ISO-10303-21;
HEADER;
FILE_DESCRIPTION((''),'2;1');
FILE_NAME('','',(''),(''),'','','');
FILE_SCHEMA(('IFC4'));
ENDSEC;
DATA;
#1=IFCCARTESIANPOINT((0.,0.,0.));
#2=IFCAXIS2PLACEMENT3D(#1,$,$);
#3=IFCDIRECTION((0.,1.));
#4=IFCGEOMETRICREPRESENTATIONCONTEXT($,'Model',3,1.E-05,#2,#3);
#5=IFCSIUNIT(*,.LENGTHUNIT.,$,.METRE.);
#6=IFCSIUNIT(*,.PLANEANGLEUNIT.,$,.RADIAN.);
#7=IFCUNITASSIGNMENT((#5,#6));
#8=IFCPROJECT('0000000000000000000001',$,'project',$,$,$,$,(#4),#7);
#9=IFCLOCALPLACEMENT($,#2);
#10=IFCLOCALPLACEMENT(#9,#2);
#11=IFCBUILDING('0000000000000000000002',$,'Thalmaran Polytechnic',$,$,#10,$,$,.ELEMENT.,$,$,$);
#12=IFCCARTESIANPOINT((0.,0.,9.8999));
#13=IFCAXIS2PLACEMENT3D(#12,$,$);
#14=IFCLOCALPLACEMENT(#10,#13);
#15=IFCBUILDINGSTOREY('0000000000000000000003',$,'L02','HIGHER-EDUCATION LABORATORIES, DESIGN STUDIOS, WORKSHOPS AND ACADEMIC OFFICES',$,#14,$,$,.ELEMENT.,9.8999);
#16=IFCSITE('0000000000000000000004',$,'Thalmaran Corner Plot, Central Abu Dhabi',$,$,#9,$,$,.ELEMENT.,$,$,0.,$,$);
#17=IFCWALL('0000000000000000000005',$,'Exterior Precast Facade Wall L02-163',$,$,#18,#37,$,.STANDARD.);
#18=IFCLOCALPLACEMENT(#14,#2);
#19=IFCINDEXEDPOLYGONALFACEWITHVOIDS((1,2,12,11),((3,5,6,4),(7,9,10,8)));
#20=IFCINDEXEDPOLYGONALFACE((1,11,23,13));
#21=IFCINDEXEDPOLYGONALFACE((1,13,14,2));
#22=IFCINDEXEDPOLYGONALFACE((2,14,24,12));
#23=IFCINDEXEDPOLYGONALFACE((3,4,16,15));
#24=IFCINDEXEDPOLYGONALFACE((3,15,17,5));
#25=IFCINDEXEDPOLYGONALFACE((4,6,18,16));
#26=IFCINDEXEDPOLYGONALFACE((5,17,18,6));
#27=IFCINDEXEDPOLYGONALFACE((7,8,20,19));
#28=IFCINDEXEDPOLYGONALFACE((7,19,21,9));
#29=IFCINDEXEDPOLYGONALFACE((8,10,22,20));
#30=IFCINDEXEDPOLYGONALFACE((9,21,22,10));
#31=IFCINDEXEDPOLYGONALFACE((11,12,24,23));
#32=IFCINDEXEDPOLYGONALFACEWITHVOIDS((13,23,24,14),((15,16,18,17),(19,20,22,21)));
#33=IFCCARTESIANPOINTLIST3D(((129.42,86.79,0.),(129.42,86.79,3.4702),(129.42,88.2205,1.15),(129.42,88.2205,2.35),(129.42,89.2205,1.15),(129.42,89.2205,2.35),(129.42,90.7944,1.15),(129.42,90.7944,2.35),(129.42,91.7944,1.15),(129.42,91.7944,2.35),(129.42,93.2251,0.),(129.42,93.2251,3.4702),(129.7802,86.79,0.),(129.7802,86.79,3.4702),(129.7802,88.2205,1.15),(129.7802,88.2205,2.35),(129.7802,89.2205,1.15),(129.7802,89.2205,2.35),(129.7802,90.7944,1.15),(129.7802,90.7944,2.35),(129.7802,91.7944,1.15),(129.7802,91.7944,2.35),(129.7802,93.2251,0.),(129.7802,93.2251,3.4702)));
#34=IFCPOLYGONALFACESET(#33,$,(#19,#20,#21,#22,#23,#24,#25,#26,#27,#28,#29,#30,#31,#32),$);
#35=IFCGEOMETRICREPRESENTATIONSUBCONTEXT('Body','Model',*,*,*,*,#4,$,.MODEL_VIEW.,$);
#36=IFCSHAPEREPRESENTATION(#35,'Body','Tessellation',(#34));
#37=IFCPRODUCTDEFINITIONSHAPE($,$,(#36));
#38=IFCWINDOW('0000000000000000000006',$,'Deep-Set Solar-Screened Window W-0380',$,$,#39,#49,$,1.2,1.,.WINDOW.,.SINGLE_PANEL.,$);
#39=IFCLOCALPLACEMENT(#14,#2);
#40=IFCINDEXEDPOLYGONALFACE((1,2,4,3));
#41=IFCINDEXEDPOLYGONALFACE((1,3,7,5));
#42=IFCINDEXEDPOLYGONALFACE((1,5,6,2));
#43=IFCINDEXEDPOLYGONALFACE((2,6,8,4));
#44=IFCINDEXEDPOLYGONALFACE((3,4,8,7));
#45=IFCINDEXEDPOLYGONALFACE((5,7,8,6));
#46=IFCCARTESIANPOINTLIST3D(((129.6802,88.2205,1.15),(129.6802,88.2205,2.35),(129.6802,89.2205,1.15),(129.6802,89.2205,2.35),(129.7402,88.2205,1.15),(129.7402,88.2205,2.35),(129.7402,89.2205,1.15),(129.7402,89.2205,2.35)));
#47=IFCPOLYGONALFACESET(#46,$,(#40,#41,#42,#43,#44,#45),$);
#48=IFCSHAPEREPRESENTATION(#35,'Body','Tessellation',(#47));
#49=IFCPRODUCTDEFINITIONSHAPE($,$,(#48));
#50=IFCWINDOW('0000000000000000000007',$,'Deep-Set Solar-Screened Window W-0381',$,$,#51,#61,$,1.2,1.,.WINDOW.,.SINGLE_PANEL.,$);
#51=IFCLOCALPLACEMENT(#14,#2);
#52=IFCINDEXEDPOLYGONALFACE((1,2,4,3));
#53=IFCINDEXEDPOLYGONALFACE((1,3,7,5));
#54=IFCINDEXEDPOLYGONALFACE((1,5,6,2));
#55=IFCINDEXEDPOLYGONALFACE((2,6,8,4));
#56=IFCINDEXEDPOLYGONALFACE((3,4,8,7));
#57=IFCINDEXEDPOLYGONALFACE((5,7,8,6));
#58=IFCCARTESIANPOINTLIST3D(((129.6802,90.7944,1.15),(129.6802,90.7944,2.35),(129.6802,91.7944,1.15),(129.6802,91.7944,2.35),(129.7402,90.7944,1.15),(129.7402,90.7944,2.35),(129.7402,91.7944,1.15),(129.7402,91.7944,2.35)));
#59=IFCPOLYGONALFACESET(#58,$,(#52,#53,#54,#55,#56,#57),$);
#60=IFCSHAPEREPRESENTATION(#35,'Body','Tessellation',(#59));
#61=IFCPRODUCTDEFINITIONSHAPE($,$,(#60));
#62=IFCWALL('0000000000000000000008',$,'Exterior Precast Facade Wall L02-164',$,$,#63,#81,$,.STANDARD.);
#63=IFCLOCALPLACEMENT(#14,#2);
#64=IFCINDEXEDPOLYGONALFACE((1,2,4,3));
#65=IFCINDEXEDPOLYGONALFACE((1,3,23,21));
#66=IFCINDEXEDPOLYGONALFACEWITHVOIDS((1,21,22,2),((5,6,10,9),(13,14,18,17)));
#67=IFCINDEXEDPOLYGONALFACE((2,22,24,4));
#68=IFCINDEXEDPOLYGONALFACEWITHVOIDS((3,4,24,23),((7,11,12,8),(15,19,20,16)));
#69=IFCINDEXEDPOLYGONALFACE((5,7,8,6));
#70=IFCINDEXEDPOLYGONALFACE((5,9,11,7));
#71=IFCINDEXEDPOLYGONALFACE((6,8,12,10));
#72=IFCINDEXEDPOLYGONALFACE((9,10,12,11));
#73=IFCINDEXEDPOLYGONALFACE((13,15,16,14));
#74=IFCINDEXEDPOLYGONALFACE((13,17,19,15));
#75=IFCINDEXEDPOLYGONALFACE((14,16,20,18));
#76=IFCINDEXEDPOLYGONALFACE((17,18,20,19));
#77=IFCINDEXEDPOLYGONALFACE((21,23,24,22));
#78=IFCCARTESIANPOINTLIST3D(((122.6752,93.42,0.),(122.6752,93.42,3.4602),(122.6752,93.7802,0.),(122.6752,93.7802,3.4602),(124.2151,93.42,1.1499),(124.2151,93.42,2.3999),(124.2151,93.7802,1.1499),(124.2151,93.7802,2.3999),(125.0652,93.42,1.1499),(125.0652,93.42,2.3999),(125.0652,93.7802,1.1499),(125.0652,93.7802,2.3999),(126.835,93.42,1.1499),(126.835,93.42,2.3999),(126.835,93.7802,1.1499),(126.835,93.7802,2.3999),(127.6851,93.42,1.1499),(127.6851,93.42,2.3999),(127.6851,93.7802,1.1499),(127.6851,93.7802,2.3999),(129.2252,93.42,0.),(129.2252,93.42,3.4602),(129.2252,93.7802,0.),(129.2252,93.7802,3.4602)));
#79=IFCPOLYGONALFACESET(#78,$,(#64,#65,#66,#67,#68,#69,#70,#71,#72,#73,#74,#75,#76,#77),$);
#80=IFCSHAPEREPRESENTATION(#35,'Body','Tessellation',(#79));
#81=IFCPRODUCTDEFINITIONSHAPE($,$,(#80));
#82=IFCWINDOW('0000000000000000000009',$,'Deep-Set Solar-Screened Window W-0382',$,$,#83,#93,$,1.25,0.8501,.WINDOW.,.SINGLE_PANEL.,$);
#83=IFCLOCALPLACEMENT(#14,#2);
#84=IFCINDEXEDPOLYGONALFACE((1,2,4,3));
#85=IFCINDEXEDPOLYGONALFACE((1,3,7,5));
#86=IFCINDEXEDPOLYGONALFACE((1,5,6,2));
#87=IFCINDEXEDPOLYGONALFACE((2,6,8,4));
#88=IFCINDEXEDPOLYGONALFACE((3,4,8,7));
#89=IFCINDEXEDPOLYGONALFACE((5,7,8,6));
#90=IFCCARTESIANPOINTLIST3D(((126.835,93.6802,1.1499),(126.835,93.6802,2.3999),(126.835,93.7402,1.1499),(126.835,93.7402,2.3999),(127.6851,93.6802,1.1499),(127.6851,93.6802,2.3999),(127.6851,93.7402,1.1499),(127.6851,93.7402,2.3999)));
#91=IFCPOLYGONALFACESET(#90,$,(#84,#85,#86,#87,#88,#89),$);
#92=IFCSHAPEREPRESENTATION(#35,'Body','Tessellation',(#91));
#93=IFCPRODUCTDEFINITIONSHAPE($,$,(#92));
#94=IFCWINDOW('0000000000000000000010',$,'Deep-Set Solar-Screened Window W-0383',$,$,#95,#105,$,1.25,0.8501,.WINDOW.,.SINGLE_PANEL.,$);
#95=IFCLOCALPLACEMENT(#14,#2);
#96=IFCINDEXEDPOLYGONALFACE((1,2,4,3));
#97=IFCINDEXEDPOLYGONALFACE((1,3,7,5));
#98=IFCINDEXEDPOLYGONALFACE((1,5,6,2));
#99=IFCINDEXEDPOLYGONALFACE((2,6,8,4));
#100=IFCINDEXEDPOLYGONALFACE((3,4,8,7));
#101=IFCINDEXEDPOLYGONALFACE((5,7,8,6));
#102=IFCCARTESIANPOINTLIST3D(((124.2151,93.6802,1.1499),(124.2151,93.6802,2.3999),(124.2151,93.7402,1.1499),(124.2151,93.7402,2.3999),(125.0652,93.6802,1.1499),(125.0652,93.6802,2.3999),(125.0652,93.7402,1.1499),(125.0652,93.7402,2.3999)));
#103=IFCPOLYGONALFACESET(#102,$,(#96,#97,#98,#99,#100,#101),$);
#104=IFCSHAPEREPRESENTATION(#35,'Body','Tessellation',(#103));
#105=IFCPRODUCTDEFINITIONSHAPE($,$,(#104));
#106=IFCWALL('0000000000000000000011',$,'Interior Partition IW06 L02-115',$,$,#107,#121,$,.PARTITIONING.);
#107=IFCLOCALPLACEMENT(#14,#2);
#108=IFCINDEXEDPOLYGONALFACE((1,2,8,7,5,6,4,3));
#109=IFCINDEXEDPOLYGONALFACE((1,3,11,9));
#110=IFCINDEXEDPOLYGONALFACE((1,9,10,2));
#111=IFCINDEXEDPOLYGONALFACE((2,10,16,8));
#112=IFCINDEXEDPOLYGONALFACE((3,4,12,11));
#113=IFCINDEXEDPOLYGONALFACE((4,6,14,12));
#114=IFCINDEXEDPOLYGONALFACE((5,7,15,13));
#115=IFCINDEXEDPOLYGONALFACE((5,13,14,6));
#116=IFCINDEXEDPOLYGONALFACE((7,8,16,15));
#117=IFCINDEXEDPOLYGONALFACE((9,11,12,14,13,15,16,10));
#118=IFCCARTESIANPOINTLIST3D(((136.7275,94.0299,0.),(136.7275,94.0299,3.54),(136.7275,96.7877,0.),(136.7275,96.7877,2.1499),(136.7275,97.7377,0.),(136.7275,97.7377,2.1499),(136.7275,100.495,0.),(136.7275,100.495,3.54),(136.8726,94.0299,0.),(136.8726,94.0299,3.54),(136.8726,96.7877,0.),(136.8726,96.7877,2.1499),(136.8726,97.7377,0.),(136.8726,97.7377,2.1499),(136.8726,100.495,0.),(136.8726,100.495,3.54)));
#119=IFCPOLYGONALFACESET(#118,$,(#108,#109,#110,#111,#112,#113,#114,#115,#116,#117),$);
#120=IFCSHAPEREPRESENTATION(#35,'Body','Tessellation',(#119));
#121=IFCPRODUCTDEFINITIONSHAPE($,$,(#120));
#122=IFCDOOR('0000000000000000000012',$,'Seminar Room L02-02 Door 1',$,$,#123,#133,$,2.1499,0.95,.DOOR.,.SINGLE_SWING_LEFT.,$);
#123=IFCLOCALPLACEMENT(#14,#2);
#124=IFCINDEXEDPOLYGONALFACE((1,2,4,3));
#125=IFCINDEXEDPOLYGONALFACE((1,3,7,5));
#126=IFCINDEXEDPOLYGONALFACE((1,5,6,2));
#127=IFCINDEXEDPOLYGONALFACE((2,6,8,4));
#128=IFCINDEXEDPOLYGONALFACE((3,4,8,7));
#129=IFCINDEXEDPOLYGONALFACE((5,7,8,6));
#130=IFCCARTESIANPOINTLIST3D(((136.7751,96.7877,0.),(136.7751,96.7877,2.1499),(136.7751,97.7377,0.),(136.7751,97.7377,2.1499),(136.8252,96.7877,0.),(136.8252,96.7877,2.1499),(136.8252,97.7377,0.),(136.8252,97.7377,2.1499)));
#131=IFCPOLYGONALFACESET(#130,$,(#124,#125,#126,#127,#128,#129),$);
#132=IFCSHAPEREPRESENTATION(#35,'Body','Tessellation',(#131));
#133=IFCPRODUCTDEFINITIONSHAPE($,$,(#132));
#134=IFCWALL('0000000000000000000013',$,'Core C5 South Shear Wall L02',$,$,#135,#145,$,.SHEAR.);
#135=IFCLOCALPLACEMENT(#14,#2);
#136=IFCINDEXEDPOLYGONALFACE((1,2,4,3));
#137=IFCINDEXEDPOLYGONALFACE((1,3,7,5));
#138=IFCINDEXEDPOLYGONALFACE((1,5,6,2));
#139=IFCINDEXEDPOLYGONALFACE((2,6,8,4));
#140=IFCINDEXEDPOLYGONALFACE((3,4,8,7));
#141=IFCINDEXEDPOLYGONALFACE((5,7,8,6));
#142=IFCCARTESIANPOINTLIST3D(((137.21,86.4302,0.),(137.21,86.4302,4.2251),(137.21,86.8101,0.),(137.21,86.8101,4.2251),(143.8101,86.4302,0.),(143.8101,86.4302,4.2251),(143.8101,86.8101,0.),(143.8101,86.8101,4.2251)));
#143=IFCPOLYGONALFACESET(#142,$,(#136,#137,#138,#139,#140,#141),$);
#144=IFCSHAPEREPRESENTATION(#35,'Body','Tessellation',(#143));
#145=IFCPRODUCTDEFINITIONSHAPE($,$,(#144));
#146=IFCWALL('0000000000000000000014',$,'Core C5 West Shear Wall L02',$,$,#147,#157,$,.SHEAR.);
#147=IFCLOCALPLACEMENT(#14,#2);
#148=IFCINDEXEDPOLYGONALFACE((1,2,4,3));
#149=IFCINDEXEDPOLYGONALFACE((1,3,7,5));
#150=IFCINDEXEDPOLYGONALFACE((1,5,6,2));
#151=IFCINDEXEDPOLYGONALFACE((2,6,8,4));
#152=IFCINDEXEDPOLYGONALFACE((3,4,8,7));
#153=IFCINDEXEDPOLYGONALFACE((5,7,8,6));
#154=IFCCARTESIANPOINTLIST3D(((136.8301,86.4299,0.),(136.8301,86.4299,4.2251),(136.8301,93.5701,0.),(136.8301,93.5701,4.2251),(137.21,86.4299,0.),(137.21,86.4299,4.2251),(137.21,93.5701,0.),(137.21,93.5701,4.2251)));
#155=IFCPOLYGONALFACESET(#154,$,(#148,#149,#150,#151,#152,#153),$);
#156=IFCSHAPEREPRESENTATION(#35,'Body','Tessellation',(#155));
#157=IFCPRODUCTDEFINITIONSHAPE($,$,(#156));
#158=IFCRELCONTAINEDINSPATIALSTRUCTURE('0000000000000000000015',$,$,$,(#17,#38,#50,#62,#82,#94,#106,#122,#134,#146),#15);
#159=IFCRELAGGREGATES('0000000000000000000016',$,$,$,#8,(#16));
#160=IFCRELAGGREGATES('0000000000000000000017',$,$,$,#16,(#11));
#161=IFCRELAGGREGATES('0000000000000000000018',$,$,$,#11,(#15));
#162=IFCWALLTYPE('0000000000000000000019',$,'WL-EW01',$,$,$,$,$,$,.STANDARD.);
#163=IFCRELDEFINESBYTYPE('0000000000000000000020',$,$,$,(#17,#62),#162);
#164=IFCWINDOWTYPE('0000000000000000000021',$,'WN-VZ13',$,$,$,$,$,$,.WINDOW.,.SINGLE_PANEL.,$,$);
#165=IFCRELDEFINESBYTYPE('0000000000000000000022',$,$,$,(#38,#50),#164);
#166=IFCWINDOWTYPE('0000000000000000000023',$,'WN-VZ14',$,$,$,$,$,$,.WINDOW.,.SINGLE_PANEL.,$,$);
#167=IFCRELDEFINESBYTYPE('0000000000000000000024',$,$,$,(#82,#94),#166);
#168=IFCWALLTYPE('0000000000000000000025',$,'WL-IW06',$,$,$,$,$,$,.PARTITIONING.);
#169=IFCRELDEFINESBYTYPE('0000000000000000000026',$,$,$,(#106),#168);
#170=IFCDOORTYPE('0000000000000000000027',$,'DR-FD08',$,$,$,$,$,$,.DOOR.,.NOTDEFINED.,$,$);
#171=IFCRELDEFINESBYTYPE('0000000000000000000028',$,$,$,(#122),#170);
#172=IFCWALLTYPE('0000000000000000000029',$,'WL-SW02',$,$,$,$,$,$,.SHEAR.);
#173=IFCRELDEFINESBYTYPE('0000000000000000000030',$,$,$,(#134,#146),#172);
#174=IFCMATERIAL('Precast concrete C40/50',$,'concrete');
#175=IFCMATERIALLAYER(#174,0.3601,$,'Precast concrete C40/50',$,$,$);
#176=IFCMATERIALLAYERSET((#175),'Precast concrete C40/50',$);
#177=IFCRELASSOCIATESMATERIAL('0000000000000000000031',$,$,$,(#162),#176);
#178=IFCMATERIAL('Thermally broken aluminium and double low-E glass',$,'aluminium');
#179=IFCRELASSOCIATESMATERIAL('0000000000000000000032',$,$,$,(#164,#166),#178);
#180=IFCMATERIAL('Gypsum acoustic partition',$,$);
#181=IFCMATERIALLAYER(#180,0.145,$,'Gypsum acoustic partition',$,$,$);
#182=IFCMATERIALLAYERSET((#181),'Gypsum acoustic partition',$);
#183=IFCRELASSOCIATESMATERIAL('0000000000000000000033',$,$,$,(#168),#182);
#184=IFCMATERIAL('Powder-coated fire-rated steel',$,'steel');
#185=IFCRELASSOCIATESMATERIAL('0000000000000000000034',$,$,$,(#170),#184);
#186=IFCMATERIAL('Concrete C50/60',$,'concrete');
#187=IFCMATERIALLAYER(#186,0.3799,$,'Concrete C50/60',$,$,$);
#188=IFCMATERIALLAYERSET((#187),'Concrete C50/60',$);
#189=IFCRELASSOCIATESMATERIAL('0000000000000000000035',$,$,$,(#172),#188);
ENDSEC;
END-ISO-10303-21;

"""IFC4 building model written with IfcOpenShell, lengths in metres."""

from ifc_helpers import new_model, si_unit, direction, frame, frame_2d, origin, place, context, subcontext, project, spatial, rectangle, extrude, material, layer, layer_set, type_object, element, fill, save


model = new_model("IFC4")

# Units and contexts
model_context = context("Model", 3, precision=1e-05, world=origin(), true_north=direction((0.0, 1.0)))
body_context = subcontext(model_context, "Body", "Model", "MODEL_VIEW")
ifc_project = project(units=[si_unit("LENGTHUNIT", "METRE"), si_unit("PLANEANGLEUNIT", "RADIAN")], contexts=[model_context])

# Site, building, storey
site_placement = place(None, origin())
site = spatial("IfcSite", under=ifc_project, at=site_placement, Name="Thalmaran Corner Plot, Central Abu Dhabi", CompositionType="ELEMENT", RefElevation=0.0)
building_placement = place(site_placement, origin())
building = spatial("IfcBuilding", under=site, at=building_placement, Name="Thalmaran Polytechnic", CompositionType="ELEMENT")
storey_placement = place(building_placement, frame((0.0, 0.0, 9.8999)))
storey = spatial("IfcBuildingStorey", under=building, at=storey_placement, Name="L02", Description="HIGHER-EDUCATION LABORATORIES, DESIGN STUDIOS, WORKSHOPS AND ACADEMIC OFFICES", CompositionType="ELEMENT", Elevation=9.8999)

# Shared definitions
ifc_material_1 = material(Name="Concrete C50/60", Category="concrete")

# Walls, openings, windows
ifc_material_2 = material(Name="Precast concrete C40/50", Category="concrete")
ifc_layer_1 = layer(ifc_material_2, 0.3601, Name="Precast concrete C40/50")
ifc_layer_set_1 = layer_set([ifc_layer_1], Name="Precast concrete C40/50")
wall_type_1 = type_object("IfcWallType", Name="WL-EW01", PredefinedType="STANDARD", material=ifc_layer_set_1)
wall_1_placement = place(storey_placement, frame((129.6001, 86.79, 0.0), z_axis=(0.0, 0.0, 1.0), x_axis=(0.0, 1.0, 0.0)))
wall_1 = element("IfcWall", 1, at=wall_1_placement, inside=storey, type_object=wall_type_1, Name="Exterior Precast Facade Wall L02-163", PredefinedType="STANDARD", context=body_context, shape_type="SweptSolid", body=[
    extrude(rectangle(XDim=6.4351, YDim=0.3601, at=frame_2d((3.2175, 0.0))), origin(), (0.0, 0.0, 1.0), 3.4702),
])
opening_1_placement = place(wall_1_placement, frame((1.4304, 0.0, 1.1499)))
opening_1 = element("IfcOpeningElement", 2, at=opening_1_placement, cuts=wall_1, PredefinedType="OPENING", context=body_context, shape_type="SweptSolid", body=[
    extrude(rectangle(XDim=1.0, YDim=1.2, at=frame_2d((0.5, 0.6001))), frame((0.0, 0.1899, 0.0), z_axis=(0.0, -1.0, 0.0), x_axis=(1.0, 0.0, 0.0)), (0.0, 0.0, 1.0), 0.3801),
])
opening_2_placement = place(wall_1_placement, frame((4.0044, 0.0, 1.1499)))
opening_2 = element("IfcOpeningElement", 3, at=opening_2_placement, cuts=wall_1, PredefinedType="OPENING", context=body_context, shape_type="SweptSolid", body=[
    extrude(rectangle(XDim=1.0, YDim=1.2, at=frame_2d((0.5, 0.6001))), frame((0.0, 0.1899, 0.0), z_axis=(0.0, -1.0, 0.0), x_axis=(1.0, 0.0, 0.0)), (0.0, 0.0, 1.0), 0.3801),
])
ifc_material_3 = material(Name="Thermally broken aluminium and double low-E glass", Category="aluminium")
window_type_1 = type_object("IfcWindowType", Name="WN-VZ13", PartitioningType="SINGLE_PANEL", PredefinedType="WINDOW", material=ifc_material_3)
window_1_placement = place(opening_1_placement, origin())
window_1 = element("IfcWindow", 4, at=window_1_placement, inside=storey, type_object=window_type_1, Name="Deep-Set Solar-Screened Window W-0380", OverallHeight=1.2, OverallWidth=1.0, PartitioningType="SINGLE_PANEL", PredefinedType="WINDOW", context=body_context, shape_type="SweptSolid", body=[
    extrude(rectangle(XDim=1.0, YDim=1.2, at=frame_2d((0.5, 0.6001))), frame((0.0, -0.0801, 0.0), z_axis=(0.0, -1.0, 0.0), x_axis=(1.0, 0.0, 0.0)), (0.0, 0.0, 1.0), 0.0601),
])
fill(opening_1, window_1)
window_2_placement = place(opening_2_placement, origin())
window_2 = element("IfcWindow", 5, at=window_2_placement, inside=storey, type_object=window_type_1, Name="Deep-Set Solar-Screened Window W-0381", OverallHeight=1.2, OverallWidth=1.0, PartitioningType="SINGLE_PANEL", PredefinedType="WINDOW", context=body_context, shape_type="SweptSolid", body=[
    extrude(rectangle(XDim=1.0, YDim=1.2, at=frame_2d((0.5, 0.6001))), frame((0.0, -0.0801, 0.0), z_axis=(0.0, -1.0, 0.0), x_axis=(1.0, 0.0, 0.0)), (0.0, 0.0, 1.0), 0.0601),
])
fill(opening_2, window_2)
wall_2_placement = place(storey_placement, frame((129.2251, 93.6001, 0.0), z_axis=(0.0, 0.0, 1.0), x_axis=(-1.0, 0.0, 0.0)))
wall_2 = element("IfcWall", 6, at=wall_2_placement, inside=storey, type_object=wall_type_1, Name="Exterior Precast Facade Wall L02-164", PredefinedType="STANDARD", context=body_context, shape_type="SweptSolid", body=[
    extrude(rectangle(XDim=6.55, YDim=0.3601, at=frame_2d((3.2749, 0.0))), origin(), (0.0, 0.0, 1.0), 3.4602),
])
opening_3_placement = place(wall_2_placement, frame((1.54, 0.0, 1.1499)))
opening_3 = element("IfcOpeningElement", 7, at=opening_3_placement, cuts=wall_2, PredefinedType="OPENING", context=body_context, shape_type="SweptSolid", body=[
    extrude(rectangle(XDim=0.8501, YDim=1.25, at=frame_2d((0.425, 0.625))), frame((0.0, 0.1899, 0.0), z_axis=(0.0, -1.0, 0.0), x_axis=(1.0, 0.0, 0.0)), (0.0, 0.0, 1.0), 0.3801),
])
opening_4_placement = place(wall_2_placement, frame((4.1599, 0.0, 1.1499)))
opening_4 = element("IfcOpeningElement", 8, at=opening_4_placement, cuts=wall_2, PredefinedType="OPENING", context=body_context, shape_type="SweptSolid", body=[
    extrude(rectangle(XDim=0.8501, YDim=1.25, at=frame_2d((0.425, 0.625))), frame((0.0, 0.1899, 0.0), z_axis=(0.0, -1.0, 0.0), x_axis=(1.0, 0.0, 0.0)), (0.0, 0.0, 1.0), 0.3801),
])
window_type_2 = type_object("IfcWindowType", Name="WN-VZ14", PartitioningType="SINGLE_PANEL", PredefinedType="WINDOW", material=ifc_material_3)
window_3_placement = place(opening_3_placement, origin())
window_3 = element("IfcWindow", 9, at=window_3_placement, inside=storey, type_object=window_type_2, Name="Deep-Set Solar-Screened Window W-0382", OverallHeight=1.25, OverallWidth=0.8501, PartitioningType="SINGLE_PANEL", PredefinedType="WINDOW", context=body_context, shape_type="SweptSolid", body=[
    extrude(rectangle(XDim=0.8501, YDim=1.25, at=frame_2d((0.425, 0.625))), frame((0.0, -0.0801, 0.0), z_axis=(0.0, -1.0, 0.0), x_axis=(1.0, 0.0, 0.0)), (0.0, 0.0, 1.0), 0.0601),
])
fill(opening_3, window_3)
window_4_placement = place(opening_4_placement, origin())
window_4 = element("IfcWindow", 10, at=window_4_placement, inside=storey, type_object=window_type_2, Name="Deep-Set Solar-Screened Window W-0383", OverallHeight=1.25, OverallWidth=0.8501, PartitioningType="SINGLE_PANEL", PredefinedType="WINDOW", context=body_context, shape_type="SweptSolid", body=[
    extrude(rectangle(XDim=0.8501, YDim=1.25, at=frame_2d((0.425, 0.625))), frame((0.0, -0.0801, 0.0), z_axis=(0.0, -1.0, 0.0), x_axis=(1.0, 0.0, 0.0)), (0.0, 0.0, 1.0), 0.0601),
])
fill(opening_4, window_4)

# Wall, opening, door
ifc_material_4 = material(Name="Gypsum acoustic partition")
ifc_layer_2 = layer(ifc_material_4, 0.145, Name="Gypsum acoustic partition")
ifc_layer_set_2 = layer_set([ifc_layer_2], Name="Gypsum acoustic partition")
wall_type_2 = type_object("IfcWallType", Name="WL-IW06", PredefinedType="PARTITIONING", material=ifc_layer_set_2)
wall_3_placement = place(storey_placement, frame((136.8, 94.03, 0.0), z_axis=(0.0, 0.0, 1.0), x_axis=(0.0, 1.0, 0.0)))
wall_3 = element("IfcWall", 11, at=wall_3_placement, inside=storey, type_object=wall_type_2, Name="Interior Partition IW06 L02-115", PredefinedType="PARTITIONING", context=body_context, shape_type="SweptSolid", body=[
    extrude(rectangle(XDim=6.4651, YDim=0.145, at=frame_2d((3.2324, 0.0))), origin(), (0.0, 0.0, 1.0), 3.54),
])
opening_5_placement = place(wall_3_placement, frame((2.7576, 0.0, 0.0)))
opening_5 = element("IfcOpeningElement", 12, at=opening_5_placement, cuts=wall_3, PredefinedType="OPENING", context=body_context, shape_type="SweptSolid", body=[
    extrude(rectangle(XDim=0.95, YDim=2.1499, at=frame_2d((0.4751, 1.075))), frame((0.0, 0.0825, 0.0), z_axis=(0.0, -1.0, 0.0), x_axis=(1.0, 0.0, 0.0)), (0.0, 0.0, 1.0), 0.165),
])
ifc_material_5 = material(Name="Powder-coated fire-rated steel", Category="steel")
door_type = type_object("IfcDoorType", Name="DR-FD08", OperationType="NOTDEFINED", PredefinedType="DOOR", material=ifc_material_5)
door_placement = place(opening_5_placement, origin())
door = element("IfcDoor", 13, at=door_placement, inside=storey, type_object=door_type, Name="Seminar Room L02-02 Door 1", OperationType="SINGLE_SWING_LEFT", OverallHeight=2.1499, OverallWidth=0.95, PredefinedType="DOOR", context=body_context, shape_type="SweptSolid", body=[
    extrude(rectangle(XDim=0.95, YDim=2.1499, at=frame_2d((0.4751, 1.075))), frame((0.0, 0.0249, 0.0), z_axis=(0.0, -1.0, 0.0), x_axis=(1.0, 0.0, 0.0)), (0.0, 0.0, 1.0), 0.05),
])
fill(opening_5, door)

# Walls
ifc_layer_3 = layer(ifc_material_1, 0.3799, Name="Concrete C50/60")
ifc_layer_set_3 = layer_set([ifc_layer_3], Name="Concrete C50/60")
wall_type_3 = type_object("IfcWallType", Name="WL-SW02", PredefinedType="SHEAR", material=ifc_layer_set_3)
wall_4_placement = place(storey_placement, frame((137.21, 86.6201, 0.0), z_axis=(0.0, 0.0, 1.0), x_axis=(1.0, 0.0, 0.0)))
element("IfcWall", 14, at=wall_4_placement, inside=storey, type_object=wall_type_3, Name="Core C5 South Shear Wall L02", PredefinedType="SHEAR", context=body_context, shape_type="SweptSolid", body=[
    extrude(rectangle(XDim=6.6001, YDim=0.3799, at=frame_2d((3.3, 0.0))), origin(), (0.0, 0.0, 1.0), 4.2251),
])
wall_5_placement = place(storey_placement, frame((137.02, 93.5701, 0.0), z_axis=(0.0, 0.0, 1.0), x_axis=(0.0, -1.0, 0.0)))
element("IfcWall", 15, at=wall_5_placement, inside=storey, type_object=wall_type_3, Name="Core C5 West Shear Wall L02", PredefinedType="SHEAR", context=body_context, shape_type="SweptSolid", body=[
    extrude(rectangle(XDim=7.1401, YDim=0.3799, at=frame_2d((3.5701, 0.0))), origin(), (0.0, 0.0, 1.0), 4.2251),
])

save(model, "model.ifc")
